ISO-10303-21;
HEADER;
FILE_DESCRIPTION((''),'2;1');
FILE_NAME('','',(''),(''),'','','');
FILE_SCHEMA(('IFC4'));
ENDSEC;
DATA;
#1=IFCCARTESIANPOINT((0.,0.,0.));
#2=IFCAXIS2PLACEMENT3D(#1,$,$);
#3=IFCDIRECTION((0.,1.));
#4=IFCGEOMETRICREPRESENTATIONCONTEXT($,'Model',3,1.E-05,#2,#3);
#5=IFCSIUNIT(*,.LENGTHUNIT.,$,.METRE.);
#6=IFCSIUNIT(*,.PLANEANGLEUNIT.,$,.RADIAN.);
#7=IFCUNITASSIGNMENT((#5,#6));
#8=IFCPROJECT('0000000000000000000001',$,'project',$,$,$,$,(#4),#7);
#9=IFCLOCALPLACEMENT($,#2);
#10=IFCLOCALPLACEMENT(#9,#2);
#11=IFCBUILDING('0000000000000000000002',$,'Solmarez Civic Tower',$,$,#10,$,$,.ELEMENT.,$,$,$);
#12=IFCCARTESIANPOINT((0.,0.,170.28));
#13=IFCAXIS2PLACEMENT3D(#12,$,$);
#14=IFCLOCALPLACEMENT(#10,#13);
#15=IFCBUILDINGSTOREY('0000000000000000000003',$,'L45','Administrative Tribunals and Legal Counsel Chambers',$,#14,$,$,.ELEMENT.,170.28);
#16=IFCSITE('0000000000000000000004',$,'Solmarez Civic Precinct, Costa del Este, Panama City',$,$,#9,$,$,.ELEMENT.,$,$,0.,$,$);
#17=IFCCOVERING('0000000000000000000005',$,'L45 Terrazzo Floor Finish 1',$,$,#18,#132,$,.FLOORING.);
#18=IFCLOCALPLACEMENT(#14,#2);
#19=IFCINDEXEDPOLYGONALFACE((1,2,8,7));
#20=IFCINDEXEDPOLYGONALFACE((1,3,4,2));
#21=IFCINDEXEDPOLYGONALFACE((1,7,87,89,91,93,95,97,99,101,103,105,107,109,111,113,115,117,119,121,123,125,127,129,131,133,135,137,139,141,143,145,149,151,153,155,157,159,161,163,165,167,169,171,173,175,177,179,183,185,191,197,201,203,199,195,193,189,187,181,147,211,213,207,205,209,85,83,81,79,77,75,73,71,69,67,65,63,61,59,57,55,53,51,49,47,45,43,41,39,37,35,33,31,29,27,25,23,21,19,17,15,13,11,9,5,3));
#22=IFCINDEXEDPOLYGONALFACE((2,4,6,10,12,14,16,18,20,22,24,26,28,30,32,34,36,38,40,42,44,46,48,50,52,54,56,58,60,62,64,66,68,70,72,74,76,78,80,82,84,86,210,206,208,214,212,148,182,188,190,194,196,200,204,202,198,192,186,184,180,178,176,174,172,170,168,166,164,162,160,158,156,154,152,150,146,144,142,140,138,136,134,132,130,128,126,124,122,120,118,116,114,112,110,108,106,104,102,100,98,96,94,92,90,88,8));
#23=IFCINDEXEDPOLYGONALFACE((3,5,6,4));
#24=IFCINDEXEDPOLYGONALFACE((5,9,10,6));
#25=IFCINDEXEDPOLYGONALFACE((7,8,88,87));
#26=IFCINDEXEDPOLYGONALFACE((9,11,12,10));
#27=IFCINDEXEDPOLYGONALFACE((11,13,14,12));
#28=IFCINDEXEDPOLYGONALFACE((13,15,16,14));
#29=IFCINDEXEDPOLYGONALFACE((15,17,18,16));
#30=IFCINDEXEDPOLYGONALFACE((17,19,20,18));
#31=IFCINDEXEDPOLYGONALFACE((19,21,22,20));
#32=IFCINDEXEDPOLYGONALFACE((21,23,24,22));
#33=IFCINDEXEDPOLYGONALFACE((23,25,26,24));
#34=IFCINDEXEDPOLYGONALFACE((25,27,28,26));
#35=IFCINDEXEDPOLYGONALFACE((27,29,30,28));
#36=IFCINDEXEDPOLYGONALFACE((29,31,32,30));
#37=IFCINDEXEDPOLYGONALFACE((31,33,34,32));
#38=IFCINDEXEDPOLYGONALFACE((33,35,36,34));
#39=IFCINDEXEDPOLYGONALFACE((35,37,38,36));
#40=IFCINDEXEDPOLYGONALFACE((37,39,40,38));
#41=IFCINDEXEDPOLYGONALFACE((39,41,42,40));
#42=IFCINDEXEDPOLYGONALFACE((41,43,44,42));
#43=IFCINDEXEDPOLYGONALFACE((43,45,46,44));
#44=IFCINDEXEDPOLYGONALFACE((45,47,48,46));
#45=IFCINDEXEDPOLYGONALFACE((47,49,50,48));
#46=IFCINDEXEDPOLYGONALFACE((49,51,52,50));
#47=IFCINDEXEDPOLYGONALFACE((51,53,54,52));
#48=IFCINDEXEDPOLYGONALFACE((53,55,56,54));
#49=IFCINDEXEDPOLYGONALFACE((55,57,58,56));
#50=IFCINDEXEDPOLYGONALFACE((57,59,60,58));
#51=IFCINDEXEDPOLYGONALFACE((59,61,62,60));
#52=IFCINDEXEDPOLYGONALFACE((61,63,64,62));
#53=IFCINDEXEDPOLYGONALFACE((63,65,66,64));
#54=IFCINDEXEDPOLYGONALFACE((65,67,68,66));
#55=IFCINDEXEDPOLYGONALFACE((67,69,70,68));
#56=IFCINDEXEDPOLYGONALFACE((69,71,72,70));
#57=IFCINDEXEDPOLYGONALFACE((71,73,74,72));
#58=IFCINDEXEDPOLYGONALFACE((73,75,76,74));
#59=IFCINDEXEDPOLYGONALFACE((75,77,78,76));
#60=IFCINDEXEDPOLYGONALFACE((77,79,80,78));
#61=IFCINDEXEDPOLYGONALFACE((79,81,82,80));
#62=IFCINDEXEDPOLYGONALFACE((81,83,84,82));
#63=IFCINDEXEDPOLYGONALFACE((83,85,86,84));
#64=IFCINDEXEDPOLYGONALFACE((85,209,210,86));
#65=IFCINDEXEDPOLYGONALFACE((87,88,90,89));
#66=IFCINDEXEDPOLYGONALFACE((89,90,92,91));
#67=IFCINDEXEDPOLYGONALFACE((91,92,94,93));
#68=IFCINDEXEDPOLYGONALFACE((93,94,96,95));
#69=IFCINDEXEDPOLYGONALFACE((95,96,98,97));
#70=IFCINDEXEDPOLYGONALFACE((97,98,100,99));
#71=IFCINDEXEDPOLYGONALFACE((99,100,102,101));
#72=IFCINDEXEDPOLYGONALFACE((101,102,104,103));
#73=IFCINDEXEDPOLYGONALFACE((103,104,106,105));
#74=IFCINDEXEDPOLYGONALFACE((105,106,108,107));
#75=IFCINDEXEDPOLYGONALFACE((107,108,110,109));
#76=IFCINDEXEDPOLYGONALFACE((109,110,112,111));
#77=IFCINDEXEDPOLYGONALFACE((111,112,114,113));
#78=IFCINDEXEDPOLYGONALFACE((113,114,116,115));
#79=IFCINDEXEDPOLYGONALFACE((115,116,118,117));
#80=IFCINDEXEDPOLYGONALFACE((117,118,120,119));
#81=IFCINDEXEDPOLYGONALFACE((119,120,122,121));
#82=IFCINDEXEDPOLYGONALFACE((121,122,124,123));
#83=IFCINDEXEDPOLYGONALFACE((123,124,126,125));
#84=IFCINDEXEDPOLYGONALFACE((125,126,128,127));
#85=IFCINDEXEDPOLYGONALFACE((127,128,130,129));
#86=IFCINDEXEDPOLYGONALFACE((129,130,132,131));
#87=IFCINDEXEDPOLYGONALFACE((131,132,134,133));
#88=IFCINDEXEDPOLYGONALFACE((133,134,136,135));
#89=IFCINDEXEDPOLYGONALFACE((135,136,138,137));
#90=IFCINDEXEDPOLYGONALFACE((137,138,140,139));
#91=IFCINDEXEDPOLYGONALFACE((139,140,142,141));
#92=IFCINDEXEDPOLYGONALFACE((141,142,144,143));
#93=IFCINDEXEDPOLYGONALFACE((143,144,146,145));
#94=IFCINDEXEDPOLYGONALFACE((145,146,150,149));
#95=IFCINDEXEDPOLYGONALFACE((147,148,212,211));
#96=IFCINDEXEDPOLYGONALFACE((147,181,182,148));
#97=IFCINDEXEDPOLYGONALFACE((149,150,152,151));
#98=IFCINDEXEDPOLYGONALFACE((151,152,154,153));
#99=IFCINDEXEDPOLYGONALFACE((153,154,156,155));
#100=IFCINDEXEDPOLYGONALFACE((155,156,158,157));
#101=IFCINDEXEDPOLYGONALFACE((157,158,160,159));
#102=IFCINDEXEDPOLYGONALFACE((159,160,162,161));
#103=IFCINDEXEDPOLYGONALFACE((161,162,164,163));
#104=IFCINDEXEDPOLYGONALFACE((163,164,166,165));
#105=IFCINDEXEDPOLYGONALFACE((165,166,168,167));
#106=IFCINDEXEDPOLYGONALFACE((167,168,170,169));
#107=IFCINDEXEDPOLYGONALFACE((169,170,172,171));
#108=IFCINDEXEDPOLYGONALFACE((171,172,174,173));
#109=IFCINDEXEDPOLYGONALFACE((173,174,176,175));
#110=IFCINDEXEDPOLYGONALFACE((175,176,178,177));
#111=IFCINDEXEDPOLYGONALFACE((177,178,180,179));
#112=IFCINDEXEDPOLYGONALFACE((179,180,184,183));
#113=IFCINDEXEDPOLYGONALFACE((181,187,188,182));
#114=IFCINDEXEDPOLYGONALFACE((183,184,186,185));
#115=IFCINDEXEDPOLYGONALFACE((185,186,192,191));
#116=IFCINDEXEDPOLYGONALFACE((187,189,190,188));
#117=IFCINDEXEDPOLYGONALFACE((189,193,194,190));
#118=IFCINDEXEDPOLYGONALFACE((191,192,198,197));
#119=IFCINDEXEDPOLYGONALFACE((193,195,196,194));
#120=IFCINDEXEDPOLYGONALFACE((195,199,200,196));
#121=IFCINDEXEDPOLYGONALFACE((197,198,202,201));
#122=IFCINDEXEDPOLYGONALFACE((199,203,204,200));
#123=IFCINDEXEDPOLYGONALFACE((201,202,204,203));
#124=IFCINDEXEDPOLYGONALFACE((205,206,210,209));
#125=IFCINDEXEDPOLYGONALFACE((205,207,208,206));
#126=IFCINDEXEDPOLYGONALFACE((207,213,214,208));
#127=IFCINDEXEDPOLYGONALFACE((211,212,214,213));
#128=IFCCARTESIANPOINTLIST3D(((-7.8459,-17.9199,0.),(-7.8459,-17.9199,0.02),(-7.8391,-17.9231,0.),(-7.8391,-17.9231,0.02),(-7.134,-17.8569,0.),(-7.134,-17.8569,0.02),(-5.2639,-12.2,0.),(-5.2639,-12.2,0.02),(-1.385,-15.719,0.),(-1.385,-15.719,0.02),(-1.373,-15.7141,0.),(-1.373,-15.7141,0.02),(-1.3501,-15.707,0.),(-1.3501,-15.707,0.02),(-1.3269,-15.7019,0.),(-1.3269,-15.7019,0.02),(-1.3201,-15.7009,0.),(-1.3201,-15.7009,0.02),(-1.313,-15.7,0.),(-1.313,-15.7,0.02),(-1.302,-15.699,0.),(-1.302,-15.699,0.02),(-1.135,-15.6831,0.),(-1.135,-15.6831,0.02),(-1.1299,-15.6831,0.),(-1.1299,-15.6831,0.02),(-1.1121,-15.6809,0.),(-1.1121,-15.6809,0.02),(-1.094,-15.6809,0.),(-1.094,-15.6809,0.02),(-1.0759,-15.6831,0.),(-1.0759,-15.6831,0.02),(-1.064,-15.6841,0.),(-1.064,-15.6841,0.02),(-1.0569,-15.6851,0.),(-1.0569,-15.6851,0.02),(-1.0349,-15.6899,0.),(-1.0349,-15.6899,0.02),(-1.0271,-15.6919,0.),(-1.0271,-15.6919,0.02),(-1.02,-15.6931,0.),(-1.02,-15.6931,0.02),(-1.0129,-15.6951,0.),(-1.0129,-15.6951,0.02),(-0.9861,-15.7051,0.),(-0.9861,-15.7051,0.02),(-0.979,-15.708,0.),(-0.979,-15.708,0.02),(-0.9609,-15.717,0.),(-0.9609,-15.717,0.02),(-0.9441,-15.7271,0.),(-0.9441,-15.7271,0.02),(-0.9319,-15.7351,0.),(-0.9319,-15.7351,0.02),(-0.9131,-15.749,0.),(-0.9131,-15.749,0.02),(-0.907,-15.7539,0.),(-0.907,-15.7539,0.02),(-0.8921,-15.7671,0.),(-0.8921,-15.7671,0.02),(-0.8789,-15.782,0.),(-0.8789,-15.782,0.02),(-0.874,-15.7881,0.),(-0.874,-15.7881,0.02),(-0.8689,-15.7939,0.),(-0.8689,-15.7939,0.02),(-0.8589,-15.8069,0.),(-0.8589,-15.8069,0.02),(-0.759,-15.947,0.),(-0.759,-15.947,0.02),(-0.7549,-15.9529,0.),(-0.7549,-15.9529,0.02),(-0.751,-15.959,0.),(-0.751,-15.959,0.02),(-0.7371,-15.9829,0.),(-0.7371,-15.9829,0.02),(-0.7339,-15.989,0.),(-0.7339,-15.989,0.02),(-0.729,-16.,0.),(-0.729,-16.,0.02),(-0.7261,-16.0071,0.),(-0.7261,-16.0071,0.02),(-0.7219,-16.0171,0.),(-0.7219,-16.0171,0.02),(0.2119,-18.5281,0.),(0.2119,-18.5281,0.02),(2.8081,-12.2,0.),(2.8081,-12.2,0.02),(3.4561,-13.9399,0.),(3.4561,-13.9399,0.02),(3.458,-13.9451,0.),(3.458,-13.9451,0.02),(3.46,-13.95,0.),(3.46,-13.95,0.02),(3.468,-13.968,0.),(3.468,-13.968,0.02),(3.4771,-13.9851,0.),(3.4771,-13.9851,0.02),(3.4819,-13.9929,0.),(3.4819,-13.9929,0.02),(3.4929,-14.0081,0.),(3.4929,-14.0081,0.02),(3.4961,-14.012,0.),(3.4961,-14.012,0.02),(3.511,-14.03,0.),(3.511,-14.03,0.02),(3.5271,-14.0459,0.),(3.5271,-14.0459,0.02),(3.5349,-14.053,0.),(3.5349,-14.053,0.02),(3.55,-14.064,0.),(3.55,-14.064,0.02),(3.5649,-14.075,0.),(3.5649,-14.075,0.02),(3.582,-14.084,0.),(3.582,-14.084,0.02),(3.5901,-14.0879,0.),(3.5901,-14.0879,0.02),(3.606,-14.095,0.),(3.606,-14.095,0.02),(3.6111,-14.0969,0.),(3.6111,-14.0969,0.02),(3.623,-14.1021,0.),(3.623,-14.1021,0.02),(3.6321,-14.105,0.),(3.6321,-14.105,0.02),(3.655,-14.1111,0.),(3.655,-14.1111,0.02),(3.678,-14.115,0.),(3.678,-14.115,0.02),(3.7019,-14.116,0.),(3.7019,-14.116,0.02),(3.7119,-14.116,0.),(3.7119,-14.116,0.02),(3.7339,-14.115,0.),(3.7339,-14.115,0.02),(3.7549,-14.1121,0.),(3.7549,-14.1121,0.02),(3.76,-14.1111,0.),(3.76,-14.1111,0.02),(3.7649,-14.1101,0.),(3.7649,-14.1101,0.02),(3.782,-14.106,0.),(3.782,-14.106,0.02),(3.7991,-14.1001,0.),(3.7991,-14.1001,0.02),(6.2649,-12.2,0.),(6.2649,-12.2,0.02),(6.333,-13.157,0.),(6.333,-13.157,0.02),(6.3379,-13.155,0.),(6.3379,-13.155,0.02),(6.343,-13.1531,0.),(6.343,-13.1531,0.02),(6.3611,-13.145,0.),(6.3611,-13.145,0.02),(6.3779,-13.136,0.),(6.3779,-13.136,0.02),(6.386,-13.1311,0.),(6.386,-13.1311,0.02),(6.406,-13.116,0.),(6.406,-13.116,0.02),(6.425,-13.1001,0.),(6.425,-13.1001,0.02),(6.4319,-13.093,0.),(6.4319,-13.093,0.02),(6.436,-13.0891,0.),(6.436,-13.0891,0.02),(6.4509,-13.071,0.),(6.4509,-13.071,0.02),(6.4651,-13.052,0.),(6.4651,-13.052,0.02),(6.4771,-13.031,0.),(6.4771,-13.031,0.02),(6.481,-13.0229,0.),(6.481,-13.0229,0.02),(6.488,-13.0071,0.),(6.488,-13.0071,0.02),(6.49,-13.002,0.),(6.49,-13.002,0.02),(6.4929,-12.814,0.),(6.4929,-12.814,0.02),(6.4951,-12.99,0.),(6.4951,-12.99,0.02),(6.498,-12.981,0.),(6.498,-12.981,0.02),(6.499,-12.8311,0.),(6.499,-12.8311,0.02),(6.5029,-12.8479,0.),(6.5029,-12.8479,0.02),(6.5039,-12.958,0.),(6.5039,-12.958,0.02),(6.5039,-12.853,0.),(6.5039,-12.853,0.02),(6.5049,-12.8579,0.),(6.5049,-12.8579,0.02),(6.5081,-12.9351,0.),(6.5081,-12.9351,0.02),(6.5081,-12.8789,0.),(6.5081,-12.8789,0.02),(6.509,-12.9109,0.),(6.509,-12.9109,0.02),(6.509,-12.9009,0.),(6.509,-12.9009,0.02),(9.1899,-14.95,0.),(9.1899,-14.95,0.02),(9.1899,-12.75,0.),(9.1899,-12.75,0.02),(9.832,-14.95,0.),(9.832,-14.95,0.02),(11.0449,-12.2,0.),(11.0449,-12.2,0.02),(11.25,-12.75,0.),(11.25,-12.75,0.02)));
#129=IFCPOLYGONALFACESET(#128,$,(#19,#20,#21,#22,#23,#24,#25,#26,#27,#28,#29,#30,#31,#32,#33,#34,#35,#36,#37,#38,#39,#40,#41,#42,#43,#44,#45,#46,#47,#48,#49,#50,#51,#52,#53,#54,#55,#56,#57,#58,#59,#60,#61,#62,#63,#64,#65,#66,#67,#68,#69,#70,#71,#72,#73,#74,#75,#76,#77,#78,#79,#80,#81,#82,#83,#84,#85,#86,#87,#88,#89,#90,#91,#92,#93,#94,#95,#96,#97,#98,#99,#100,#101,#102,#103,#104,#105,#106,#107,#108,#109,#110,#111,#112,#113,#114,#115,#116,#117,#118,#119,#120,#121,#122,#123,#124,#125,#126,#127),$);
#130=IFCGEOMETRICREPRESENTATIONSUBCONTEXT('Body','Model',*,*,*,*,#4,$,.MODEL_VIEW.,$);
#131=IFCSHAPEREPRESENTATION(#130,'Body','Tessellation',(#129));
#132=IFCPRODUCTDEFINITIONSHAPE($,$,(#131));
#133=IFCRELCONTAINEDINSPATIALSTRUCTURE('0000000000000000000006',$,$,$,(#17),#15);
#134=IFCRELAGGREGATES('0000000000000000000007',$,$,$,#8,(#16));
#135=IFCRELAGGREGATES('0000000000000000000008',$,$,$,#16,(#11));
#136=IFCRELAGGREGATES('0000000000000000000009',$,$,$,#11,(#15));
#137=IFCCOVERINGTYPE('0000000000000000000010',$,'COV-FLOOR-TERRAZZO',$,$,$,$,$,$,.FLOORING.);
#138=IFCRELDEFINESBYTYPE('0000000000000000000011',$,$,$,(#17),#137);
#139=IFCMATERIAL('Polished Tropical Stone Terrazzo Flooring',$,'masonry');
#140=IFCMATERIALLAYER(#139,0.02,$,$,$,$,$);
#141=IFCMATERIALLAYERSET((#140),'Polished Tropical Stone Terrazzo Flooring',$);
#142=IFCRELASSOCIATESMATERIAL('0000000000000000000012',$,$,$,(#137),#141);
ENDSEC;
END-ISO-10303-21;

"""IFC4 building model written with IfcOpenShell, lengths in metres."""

from ifc_helpers import new_model, si_unit, direction, frame, origin, place, context, subcontext, project, spatial, polyline, outline, extrude, material, layer, layer_set, type_object, element, save


model = new_model("IFC4")

# Units and contexts
model_context = context("Model", 3, precision=1e-05, world=origin(), true_north=direction((0.0, 1.0)))
body_context = subcontext(model_context, "Body", "Model", "MODEL_VIEW")
ifc_project = project(units=[si_unit("LENGTHUNIT", "METRE"), si_unit("PLANEANGLEUNIT", "RADIAN")], contexts=[model_context])

# Site, building, storey
site_placement = place(None, origin())
site = spatial("IfcSite", under=ifc_project, at=site_placement, Name="Solmarez Civic Precinct, Costa del Este, Panama City", CompositionType="ELEMENT", RefElevation=0.0)
building_placement = place(site_placement, origin())
building = spatial("IfcBuilding", under=site, at=building_placement, Name="Solmarez Civic Tower", CompositionType="ELEMENT")
storey_placement = place(building_placement, frame((0.0, 0.0, 170.28)))
storey = spatial("IfcBuildingStorey", under=building, at=storey_placement, Name="L45", Description="Administrative Tribunals and Legal Counsel Chambers", CompositionType="ELEMENT", Elevation=170.28)

# Covering
ifc_material_1 = material(Name="Polished Tropical Stone Terrazzo Flooring", Category="masonry")
ifc_layer_1 = layer(ifc_material_1, 0.02)
ifc_layer_set_1 = layer_set([ifc_layer_1], Name="Polished Tropical Stone Terrazzo Flooring")
covering_type_1 = type_object("IfcCoveringType", Name="COV-FLOOR-TERRAZZO", PredefinedType="FLOORING", material=ifc_layer_set_1)
covering_1_placement = place(storey_placement, origin())
element("IfcCovering", 1, at=covering_1_placement, inside=storey, type_object=covering_type_1, Name="L45 Terrazzo Floor Finish 1", PredefinedType="FLOORING", context=body_context, shape_type="SweptSolid", body=[
    extrude(outline(polyline([(-1.385, -15.719), (-1.373, -15.7141), (-1.3501, -15.707), (-1.3269, -15.7019), (-1.3201, -15.7009), (-1.313, -15.7), (-1.302, -15.699), (-1.135, -15.6831), (-1.1299, -15.6831), (-1.1121, -15.6809), (-1.094, -15.6809), (-1.0759, -15.6831), (-1.064, -15.6841), (-1.0569, -15.6851), (-1.0349, -15.6899), (-1.0271, -15.6919), (-1.02, -15.6931), (-1.0129, -15.6951), (-0.9861, -15.7051), (-0.979, -15.708), (-0.9609, -15.717), (-0.9441, -15.7271), (-0.9319, -15.7351), (-0.9131, -15.749), (-0.907, -15.7539), (-0.8921, -15.7671), (-0.8789, -15.782), (-0.874, -15.7881), (-0.8689, -15.7939), (-0.8589, -15.8069), (-0.759, -15.947), (-0.7549, -15.9529), (-0.751, -15.959), (-0.7371, -15.9829), (-0.7339, -15.989), (-0.729, -16.0), (-0.7261, -16.0071), (-0.7219, -16.0171), (0.2119, -18.5281), (9.832, -14.95), (9.1899, -14.95), (9.1899, -12.75), (11.25, -12.75), (11.0449, -12.2), (6.2649, -12.2), (6.4929, -12.814), (6.499, -12.8311), (6.5029, -12.8479), (6.5039, -12.853), (6.5049, -12.8579), (6.5081, -12.8789), (6.509, -12.9009), (6.509, -12.9109), (6.5081, -12.9351), (6.5039, -12.958), (6.498, -12.981), (6.4951, -12.99), (6.49, -13.002), (6.488, -13.0071), (6.481, -13.0229), (6.4771, -13.031), (6.4651, -13.052), (6.4509, -13.071), (6.436, -13.0891), (6.4319, -13.093), (6.425, -13.1001), (6.406, -13.116), (6.386, -13.1311), (6.3779, -13.136), (6.3611, -13.145), (6.343, -13.1531), (6.3379, -13.155), (6.333, -13.157), (3.7991, -14.1001), (3.782, -14.106), (3.7649, -14.1101), (3.76, -14.1111), (3.7549, -14.1121), (3.7339, -14.115), (3.7119, -14.116), (3.7019, -14.116), (3.678, -14.115), (3.655, -14.1111), (3.6321, -14.105), (3.623, -14.1021), (3.6111, -14.0969), (3.606, -14.095), (3.5901, -14.0879), (3.582, -14.084), (3.5649, -14.075), (3.55, -14.064), (3.5349, -14.053), (3.5271, -14.0459), (3.511, -14.03), (3.4961, -14.012), (3.4929, -14.0081), (3.4819, -13.9929), (3.4771, -13.9851), (3.468, -13.968), (3.46, -13.95), (3.458, -13.9451), (3.4561, -13.9399), (2.8081, -12.2), (-5.2639, -12.2), (-7.8459, -17.9199), (-7.8391, -17.9231), (-7.134, -17.8569), (-1.385, -15.719)])), origin(), (0.0, 0.0, 1.0), 0.02),
])

save(model, "model.ifc")
